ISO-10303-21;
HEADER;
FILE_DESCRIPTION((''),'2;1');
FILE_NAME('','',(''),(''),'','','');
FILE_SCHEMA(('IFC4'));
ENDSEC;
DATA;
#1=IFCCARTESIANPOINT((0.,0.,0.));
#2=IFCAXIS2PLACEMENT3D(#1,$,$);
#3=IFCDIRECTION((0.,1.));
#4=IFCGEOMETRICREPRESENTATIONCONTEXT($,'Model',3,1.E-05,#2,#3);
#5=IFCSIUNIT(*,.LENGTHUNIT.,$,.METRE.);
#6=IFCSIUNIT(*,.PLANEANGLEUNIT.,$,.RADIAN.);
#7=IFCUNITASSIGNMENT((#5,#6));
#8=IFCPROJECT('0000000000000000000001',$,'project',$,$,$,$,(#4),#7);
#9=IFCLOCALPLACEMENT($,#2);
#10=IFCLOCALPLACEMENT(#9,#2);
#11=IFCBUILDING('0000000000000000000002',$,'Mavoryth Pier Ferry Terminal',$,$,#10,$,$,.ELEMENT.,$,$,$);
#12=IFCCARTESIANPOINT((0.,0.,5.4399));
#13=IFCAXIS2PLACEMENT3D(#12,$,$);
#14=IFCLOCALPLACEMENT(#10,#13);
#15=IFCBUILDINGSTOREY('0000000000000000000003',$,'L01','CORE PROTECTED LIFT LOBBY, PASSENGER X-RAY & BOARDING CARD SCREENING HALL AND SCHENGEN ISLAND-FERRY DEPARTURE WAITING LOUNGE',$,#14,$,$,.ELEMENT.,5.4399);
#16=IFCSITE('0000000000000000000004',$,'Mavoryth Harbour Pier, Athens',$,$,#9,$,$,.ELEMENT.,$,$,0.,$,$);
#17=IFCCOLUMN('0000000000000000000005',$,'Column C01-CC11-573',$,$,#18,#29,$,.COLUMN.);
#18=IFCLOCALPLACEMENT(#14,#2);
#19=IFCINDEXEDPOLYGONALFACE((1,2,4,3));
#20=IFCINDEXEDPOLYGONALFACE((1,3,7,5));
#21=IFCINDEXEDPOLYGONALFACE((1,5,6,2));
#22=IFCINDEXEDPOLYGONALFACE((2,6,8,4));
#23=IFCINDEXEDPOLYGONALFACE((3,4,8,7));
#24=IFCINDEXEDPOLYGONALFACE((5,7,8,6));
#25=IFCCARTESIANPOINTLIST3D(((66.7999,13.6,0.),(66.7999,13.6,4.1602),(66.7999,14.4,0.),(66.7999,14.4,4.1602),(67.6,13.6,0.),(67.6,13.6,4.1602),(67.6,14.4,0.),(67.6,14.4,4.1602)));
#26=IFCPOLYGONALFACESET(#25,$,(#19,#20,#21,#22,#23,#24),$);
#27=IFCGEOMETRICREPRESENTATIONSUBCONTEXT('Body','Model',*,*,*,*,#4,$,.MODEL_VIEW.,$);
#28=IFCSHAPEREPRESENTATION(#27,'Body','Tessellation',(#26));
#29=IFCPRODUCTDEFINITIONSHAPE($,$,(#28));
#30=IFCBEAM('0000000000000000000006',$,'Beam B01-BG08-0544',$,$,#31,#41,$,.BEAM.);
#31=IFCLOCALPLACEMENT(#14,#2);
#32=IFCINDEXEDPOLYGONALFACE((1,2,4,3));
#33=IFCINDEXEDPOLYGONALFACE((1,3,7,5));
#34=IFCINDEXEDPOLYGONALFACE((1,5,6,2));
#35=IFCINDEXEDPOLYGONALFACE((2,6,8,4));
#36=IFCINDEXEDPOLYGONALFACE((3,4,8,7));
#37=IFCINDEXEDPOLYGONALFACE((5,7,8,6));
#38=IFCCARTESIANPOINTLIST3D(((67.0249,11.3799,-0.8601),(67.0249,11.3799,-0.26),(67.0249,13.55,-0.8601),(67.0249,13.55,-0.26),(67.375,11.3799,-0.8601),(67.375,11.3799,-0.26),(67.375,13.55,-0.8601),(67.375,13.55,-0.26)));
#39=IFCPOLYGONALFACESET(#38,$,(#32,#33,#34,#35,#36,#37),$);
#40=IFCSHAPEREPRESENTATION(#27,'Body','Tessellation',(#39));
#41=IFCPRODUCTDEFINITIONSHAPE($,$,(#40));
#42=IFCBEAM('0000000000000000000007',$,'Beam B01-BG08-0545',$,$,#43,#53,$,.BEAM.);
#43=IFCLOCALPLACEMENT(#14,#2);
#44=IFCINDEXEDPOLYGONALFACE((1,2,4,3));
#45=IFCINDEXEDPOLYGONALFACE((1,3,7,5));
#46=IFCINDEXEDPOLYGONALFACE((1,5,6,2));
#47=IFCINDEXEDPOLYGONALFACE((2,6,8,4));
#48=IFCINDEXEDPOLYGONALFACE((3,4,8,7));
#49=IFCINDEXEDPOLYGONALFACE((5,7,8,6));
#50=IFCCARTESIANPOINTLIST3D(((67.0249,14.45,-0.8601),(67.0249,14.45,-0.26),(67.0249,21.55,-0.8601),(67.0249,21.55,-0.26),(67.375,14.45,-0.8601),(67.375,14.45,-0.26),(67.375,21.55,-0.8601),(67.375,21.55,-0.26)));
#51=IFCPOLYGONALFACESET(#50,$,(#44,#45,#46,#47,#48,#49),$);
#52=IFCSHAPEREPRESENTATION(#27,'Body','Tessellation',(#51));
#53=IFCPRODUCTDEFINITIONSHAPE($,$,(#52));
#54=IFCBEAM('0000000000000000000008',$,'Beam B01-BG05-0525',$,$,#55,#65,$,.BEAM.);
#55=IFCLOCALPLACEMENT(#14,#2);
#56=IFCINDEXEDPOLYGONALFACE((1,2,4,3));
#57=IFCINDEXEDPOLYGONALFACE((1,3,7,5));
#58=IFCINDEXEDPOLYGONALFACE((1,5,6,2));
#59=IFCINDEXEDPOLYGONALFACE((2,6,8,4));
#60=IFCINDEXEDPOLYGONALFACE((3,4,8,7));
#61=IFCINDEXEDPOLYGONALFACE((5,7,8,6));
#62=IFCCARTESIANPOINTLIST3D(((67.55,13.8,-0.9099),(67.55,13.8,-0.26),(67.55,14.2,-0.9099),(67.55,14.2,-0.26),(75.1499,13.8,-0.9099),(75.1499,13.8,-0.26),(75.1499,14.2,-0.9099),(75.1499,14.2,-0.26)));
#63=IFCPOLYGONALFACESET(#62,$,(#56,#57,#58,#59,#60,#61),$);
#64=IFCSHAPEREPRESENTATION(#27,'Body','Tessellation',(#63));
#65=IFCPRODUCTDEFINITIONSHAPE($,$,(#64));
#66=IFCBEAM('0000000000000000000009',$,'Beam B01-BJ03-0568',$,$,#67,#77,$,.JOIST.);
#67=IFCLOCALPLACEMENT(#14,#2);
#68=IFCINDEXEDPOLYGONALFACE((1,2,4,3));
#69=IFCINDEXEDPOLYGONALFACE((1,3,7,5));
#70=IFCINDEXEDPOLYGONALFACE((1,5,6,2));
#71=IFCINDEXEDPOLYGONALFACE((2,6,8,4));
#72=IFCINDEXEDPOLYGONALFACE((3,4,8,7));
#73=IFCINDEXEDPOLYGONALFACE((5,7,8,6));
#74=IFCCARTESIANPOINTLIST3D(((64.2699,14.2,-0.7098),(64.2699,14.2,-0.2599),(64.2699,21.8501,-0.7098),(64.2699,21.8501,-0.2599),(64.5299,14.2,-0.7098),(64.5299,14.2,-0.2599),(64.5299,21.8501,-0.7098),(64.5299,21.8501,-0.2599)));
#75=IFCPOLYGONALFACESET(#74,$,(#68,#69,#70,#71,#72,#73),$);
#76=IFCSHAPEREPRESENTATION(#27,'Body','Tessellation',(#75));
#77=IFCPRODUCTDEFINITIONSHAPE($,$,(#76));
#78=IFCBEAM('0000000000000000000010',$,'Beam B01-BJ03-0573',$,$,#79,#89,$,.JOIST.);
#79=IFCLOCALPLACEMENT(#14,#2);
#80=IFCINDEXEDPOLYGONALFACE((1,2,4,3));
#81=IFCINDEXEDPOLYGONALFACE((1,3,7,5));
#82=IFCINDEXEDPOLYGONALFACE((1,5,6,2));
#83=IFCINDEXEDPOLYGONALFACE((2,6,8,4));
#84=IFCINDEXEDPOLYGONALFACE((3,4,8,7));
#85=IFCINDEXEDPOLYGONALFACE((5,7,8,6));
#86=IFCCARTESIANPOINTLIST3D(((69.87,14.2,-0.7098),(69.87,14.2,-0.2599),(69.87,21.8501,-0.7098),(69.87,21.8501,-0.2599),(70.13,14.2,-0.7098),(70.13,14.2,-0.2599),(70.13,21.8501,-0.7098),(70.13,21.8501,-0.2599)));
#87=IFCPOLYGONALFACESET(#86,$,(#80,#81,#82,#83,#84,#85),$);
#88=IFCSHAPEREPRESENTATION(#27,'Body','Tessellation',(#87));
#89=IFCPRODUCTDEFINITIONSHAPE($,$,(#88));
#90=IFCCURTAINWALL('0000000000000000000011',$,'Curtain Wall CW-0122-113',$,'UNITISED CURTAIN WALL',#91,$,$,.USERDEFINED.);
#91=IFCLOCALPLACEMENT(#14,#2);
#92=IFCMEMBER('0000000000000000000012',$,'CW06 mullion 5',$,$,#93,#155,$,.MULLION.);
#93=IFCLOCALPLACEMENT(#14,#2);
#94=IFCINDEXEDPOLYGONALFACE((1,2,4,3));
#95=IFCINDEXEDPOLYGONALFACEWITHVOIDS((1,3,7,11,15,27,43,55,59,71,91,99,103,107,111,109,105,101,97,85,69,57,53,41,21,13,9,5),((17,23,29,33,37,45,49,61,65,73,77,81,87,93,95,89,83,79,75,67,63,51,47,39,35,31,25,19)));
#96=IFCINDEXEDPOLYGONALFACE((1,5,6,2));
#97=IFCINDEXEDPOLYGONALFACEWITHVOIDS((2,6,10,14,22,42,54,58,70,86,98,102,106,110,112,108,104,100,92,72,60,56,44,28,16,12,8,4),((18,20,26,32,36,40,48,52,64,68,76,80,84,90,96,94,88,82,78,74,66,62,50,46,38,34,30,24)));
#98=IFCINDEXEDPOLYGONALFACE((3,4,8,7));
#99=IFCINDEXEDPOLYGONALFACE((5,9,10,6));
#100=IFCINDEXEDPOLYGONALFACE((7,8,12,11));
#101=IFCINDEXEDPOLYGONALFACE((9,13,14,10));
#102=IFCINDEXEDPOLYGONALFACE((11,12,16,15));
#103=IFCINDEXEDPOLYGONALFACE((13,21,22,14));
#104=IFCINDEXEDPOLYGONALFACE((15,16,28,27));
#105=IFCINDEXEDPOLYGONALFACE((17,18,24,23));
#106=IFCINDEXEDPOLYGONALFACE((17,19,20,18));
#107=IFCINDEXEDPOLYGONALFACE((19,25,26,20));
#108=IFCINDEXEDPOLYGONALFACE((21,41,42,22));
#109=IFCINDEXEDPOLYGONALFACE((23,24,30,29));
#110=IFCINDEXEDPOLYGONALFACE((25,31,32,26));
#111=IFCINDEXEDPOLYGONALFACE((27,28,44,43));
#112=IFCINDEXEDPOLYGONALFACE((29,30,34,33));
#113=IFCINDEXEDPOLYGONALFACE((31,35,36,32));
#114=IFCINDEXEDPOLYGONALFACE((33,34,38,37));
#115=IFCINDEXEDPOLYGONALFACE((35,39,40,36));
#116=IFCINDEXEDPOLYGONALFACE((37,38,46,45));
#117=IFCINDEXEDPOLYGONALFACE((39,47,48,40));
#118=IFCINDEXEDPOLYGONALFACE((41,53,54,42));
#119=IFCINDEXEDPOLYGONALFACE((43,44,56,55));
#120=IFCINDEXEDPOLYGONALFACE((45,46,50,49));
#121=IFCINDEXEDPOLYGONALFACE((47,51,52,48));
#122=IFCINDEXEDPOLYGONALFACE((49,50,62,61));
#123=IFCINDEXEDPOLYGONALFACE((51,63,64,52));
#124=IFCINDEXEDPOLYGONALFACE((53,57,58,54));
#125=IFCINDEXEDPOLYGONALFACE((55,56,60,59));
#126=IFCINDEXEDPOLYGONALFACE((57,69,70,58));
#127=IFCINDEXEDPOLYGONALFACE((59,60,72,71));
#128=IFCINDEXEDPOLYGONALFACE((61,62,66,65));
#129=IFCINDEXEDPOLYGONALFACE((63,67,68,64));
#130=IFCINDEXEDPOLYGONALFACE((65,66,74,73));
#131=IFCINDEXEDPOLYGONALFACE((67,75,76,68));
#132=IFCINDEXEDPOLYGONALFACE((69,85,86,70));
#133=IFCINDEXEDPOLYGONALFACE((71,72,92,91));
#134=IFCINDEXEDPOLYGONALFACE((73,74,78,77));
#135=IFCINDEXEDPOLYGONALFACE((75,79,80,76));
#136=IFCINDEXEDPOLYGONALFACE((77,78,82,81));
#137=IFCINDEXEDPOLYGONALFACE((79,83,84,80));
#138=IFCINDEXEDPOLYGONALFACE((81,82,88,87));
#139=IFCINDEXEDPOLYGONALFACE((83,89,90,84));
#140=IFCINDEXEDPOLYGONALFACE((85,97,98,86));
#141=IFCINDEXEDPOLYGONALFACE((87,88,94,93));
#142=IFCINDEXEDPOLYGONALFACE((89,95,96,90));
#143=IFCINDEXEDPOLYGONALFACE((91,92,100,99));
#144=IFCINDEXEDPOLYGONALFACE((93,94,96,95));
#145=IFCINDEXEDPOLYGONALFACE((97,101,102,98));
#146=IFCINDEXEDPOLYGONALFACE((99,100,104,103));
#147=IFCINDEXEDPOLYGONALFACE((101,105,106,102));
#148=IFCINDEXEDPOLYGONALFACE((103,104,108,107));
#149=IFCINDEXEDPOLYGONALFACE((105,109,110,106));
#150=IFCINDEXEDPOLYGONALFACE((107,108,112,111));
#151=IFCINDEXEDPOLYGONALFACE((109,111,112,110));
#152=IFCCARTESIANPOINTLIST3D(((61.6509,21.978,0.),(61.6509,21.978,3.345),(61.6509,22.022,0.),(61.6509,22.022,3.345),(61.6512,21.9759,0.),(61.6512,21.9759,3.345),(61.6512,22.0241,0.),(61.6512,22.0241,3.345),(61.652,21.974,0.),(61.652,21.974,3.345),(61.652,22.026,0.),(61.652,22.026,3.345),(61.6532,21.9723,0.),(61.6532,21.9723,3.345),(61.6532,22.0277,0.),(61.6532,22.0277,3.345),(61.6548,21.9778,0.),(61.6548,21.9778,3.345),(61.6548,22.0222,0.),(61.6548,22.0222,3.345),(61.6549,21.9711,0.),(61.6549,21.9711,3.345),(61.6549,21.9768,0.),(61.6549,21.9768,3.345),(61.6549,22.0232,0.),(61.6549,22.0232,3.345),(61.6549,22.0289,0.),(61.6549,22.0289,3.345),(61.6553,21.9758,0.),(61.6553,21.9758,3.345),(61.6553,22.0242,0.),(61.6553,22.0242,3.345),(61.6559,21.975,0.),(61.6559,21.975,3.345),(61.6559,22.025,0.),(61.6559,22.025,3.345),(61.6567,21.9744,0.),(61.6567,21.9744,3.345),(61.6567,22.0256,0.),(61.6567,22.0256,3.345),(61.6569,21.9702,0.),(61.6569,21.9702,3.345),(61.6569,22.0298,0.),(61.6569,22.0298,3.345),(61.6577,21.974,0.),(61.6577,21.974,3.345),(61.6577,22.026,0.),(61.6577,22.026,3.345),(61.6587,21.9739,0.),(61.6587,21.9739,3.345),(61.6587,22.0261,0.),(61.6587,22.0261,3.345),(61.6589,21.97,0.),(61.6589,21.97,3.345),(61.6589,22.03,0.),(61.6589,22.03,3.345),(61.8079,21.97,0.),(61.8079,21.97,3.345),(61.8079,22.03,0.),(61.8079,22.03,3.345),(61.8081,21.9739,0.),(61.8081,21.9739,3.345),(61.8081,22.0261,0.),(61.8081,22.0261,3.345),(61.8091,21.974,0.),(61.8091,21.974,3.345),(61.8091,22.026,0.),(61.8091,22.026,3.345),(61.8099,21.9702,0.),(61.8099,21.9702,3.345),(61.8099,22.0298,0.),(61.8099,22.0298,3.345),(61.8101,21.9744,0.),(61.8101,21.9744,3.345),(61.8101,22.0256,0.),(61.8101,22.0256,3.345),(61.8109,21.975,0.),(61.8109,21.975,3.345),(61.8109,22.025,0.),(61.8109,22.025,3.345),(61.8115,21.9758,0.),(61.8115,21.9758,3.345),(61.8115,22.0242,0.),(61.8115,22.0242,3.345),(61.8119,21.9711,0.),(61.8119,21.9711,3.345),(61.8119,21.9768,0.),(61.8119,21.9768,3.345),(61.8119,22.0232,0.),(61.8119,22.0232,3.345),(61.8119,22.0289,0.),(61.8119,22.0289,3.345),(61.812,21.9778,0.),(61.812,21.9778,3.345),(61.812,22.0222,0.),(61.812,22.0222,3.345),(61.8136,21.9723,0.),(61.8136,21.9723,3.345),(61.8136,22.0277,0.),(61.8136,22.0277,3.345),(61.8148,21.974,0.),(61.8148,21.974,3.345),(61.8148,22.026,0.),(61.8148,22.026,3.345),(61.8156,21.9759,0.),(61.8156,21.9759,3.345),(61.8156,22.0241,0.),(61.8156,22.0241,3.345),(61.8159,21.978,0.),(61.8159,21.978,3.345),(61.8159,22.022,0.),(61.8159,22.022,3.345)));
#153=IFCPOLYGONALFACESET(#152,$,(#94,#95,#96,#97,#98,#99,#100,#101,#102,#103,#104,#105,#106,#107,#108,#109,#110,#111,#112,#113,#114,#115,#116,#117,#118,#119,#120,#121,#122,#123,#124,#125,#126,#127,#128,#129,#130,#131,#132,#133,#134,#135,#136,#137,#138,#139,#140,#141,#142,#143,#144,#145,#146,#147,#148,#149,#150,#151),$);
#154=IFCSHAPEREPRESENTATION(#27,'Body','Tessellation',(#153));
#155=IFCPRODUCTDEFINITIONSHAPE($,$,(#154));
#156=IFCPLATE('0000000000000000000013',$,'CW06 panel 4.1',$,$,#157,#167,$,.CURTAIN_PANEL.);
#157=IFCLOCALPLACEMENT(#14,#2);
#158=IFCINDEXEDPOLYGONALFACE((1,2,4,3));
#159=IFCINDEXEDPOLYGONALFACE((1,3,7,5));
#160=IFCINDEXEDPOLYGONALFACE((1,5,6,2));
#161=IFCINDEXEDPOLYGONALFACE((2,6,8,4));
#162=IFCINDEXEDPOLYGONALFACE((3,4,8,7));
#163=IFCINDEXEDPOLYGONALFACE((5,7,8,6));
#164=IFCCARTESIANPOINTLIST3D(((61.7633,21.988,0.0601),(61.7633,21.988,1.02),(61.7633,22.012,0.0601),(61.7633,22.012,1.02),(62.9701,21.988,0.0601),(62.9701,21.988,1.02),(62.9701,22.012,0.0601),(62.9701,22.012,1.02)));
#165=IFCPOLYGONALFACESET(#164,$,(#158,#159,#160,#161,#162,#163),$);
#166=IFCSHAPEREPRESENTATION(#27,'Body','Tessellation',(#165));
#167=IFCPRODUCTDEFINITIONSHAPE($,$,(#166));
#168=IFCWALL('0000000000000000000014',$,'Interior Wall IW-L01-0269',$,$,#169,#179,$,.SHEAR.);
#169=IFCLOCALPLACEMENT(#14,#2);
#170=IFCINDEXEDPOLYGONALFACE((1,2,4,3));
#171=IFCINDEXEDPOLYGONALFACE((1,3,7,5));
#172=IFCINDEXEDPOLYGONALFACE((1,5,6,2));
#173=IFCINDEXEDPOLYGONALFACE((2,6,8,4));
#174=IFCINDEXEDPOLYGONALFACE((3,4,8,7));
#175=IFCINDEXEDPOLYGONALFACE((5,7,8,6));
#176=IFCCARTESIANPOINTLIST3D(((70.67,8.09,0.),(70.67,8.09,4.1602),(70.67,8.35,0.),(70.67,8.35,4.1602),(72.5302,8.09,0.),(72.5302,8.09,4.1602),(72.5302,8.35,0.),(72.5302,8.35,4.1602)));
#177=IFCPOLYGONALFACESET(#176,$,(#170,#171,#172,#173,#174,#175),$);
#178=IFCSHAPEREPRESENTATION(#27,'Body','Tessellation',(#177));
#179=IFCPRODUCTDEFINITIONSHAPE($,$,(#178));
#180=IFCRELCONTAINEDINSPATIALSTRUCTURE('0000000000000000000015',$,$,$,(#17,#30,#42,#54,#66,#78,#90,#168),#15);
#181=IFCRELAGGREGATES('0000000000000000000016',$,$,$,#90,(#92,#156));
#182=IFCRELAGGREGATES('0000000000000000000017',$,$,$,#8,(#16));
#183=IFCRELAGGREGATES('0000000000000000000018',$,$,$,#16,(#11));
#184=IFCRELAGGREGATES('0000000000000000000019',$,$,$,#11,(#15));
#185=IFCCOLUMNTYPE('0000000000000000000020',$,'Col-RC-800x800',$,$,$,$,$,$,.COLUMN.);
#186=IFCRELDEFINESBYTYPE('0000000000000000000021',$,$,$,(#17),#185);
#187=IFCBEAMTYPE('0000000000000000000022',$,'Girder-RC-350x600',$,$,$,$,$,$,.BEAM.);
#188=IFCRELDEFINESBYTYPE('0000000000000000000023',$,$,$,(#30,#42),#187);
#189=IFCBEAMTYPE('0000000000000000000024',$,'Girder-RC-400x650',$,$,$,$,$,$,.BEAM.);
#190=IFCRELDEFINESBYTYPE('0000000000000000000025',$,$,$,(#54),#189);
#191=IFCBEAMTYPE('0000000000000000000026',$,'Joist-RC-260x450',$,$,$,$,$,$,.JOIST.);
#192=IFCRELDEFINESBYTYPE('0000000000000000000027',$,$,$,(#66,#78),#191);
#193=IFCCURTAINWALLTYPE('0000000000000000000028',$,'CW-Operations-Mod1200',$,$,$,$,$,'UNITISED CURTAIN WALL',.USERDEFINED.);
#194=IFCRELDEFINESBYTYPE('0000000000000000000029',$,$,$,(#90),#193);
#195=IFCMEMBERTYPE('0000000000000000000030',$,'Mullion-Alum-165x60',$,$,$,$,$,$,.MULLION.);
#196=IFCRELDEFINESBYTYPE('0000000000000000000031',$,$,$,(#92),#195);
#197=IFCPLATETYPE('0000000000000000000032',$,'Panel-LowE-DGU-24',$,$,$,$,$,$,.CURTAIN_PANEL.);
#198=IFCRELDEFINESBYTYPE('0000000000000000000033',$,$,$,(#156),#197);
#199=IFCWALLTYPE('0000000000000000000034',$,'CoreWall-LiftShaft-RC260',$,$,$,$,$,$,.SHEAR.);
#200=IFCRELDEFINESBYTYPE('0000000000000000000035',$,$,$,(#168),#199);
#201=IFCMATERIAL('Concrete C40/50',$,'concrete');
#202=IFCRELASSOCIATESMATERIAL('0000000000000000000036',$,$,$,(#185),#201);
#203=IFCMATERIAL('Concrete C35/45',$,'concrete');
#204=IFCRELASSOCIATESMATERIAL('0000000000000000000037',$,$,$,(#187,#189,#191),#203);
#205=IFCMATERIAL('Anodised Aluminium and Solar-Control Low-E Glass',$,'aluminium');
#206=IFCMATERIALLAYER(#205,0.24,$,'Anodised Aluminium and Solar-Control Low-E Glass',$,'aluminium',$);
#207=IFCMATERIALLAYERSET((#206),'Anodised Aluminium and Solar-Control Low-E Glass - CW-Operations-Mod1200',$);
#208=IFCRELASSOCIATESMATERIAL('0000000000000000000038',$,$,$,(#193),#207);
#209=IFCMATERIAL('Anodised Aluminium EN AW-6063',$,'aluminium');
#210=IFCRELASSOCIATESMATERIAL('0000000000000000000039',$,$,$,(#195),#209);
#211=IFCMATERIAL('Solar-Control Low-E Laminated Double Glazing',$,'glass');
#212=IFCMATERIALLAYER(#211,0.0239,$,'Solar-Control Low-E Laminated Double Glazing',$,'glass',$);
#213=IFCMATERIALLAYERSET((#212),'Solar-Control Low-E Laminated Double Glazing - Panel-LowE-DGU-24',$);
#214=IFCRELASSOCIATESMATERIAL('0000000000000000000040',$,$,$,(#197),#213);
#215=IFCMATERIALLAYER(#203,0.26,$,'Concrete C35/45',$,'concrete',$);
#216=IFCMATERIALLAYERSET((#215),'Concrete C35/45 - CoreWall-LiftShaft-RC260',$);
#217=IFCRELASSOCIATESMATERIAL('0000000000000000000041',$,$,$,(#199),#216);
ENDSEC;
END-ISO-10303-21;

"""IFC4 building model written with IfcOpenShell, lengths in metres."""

from ifc_helpers import new_model, si_unit, direction, frame, frame_2d, origin, origin_2d, place, context, subcontext, project, spatial, rectangle, hollow_rectangle, extrude, material, layer, layer_set, material_profile, profile_set, type_object, element, aggregate, save


model = new_model("IFC4")

# Units and contexts
model_context = context("Model", 3, precision=1e-05, world=origin(), true_north=direction((0.0, 1.0)))
body_context = subcontext(model_context, "Body", "Model", "MODEL_VIEW")
ifc_project = project(units=[si_unit("LENGTHUNIT", "METRE"), si_unit("PLANEANGLEUNIT", "RADIAN")], contexts=[model_context])

# Site, building, storey
site_placement = place(None, origin())
site = spatial("IfcSite", under=ifc_project, at=site_placement, Name="Mavoryth Harbour Pier, Athens", CompositionType="ELEMENT", RefElevation=0.0)
building_placement = place(site_placement, origin())
building = spatial("IfcBuilding", under=site, at=building_placement, Name="Mavoryth Pier Ferry Terminal", CompositionType="ELEMENT")
storey_placement = place(building_placement, frame((0.0, 0.0, 5.4399)))
storey = spatial("IfcBuildingStorey", under=building, at=storey_placement, Name="L01", Description="CORE PROTECTED LIFT LOBBY, PASSENGER X-RAY & BOARDING CARD SCREENING HALL AND SCHENGEN ISLAND-FERRY DEPARTURE WAITING LOUNGE", CompositionType="ELEMENT", Elevation=5.4399)

# Column
ifc_material_1 = material(Name="Concrete C40/50", Category="concrete")
ifc_material_profile_1 = material_profile(ifc_material_1, rectangle(XDim=0.8, YDim=0.8, at=origin_2d()), Name="RC 800x800", Category="concrete")
ifc_profile_set_1 = profile_set([ifc_material_profile_1], Name="Concrete C40/50 - RC 800x800")
column_type = type_object("IfcColumnType", Name="Col-RC-800x800", PredefinedType="COLUMN", material=ifc_profile_set_1)
column_placement = place(storey_placement, frame((67.2, 14.0, 0.0), z_axis=(0.0, 0.0, 1.0), x_axis=(1.0, 0.0, 0.0)))
element("IfcColumn", 1, at=column_placement, inside=storey, type_object=column_type, Name="Column C01-CC11-573", PredefinedType="COLUMN", context=body_context, shape_type="SweptSolid", body=[
    extrude(rectangle(XDim=0.8, YDim=0.8, at=origin_2d()), origin(), (0.0, 0.0, 1.0), 4.1602),
])

# Beams
ifc_material_2 = material(Name="Concrete C35/45", Category="concrete")
ifc_material_profile_2 = material_profile(ifc_material_2, rectangle(XDim=0.3501, YDim=0.6001, at=origin_2d()), Name="RC 350x600", Category="concrete")
ifc_profile_set_2 = profile_set([ifc_material_profile_2], Name="Concrete C35/45 - RC 350x600")
beam_type_1 = type_object("IfcBeamType", Name="Girder-RC-350x600", PredefinedType="BEAM", material=ifc_profile_set_2)
beam_1_placement = place(storey_placement, frame((67.2, 11.3799, -0.5601), z_axis=(0.0, 1.0, 0.0), x_axis=(-1.0, 0.0, 0.0)))
element("IfcBeam", 2, at=beam_1_placement, inside=storey, type_object=beam_type_1, Name="Beam B01-BG08-0544", PredefinedType="BEAM", context=body_context, shape_type="SweptSolid", body=[
    extrude(rectangle(XDim=0.3501, YDim=0.6001, at=origin_2d()), origin(), (0.0, 0.0, 1.0), 2.1702),
])
beam_2_placement = place(storey_placement, frame((67.2, 14.45, -0.5601), z_axis=(0.0, 1.0, 0.0), x_axis=(-1.0, 0.0, 0.0)))
element("IfcBeam", 3, at=beam_2_placement, inside=storey, type_object=beam_type_1, Name="Beam B01-BG08-0545", PredefinedType="BEAM", context=body_context, shape_type="SweptSolid", body=[
    extrude(rectangle(XDim=0.3501, YDim=0.6001, at=origin_2d()), origin(), (0.0, 0.0, 1.0), 7.1001),
])
ifc_material_profile_3 = material_profile(ifc_material_2, rectangle(XDim=0.3999, YDim=0.6499, at=origin_2d()), Name="RC 400x650", Category="concrete")
ifc_profile_set_3 = profile_set([ifc_material_profile_3], Name="Concrete C35/45 - RC 400x650")
beam_type_2 = type_object("IfcBeamType", Name="Girder-RC-400x650", PredefinedType="BEAM", material=ifc_profile_set_3)
beam_3_placement = place(storey_placement, frame((67.55, 14.0, -0.585), z_axis=(1.0, 0.0, 0.0), x_axis=(0.0, 1.0, 0.0)))
element("IfcBeam", 4, at=beam_3_placement, inside=storey, type_object=beam_type_2, Name="Beam B01-BG05-0525", PredefinedType="BEAM", context=body_context, shape_type="SweptSolid", body=[
    extrude(rectangle(XDim=0.3999, YDim=0.6499, at=origin_2d()), origin(), (0.0, 0.0, 1.0), 7.5999),
])
ifc_material_profile_4 = material_profile(ifc_material_2, rectangle(XDim=0.26, YDim=0.45, at=origin_2d()), Name="RC 260x450", Category="concrete")
ifc_profile_set_4 = profile_set([ifc_material_profile_4], Name="Concrete C35/45 - RC 260x450")
beam_type_3 = type_object("IfcBeamType", Name="Joist-RC-260x450", PredefinedType="JOIST", material=ifc_profile_set_4)
for number, where, z_axis, x_axis, name in (
    (5, (64.3999, 14.2, -0.4849), (0.0, 1.0, 0.0), (-1.0, 0.0, 0.0), "Beam B01-BJ03-0568"),
    (6, (70.0, 14.2, -0.4849), (0.0, 1.0, 0.0), (-1.0, 0.0, 0.0), "Beam B01-BJ03-0573"),
):
    element("IfcBeam", number, at=place(storey_placement, frame(where, z_axis=z_axis, x_axis=x_axis)), inside=storey, type_object=beam_type_3, Name=name, PredefinedType="JOIST", context=body_context, shape_type="SweptSolid", body=[
        extrude(rectangle(XDim=0.26, YDim=0.45, at=origin_2d()), origin(), (0.0, 0.0, 1.0), 7.6501),
    ])

# Curtain wall, member, plate
ifc_material_3 = material(Name="Anodised Aluminium and Solar-Control Low-E Glass", Category="aluminium")
ifc_layer_1 = layer(ifc_material_3, 0.24, Name="Anodised Aluminium and Solar-Control Low-E Glass", Category="aluminium")
ifc_layer_set_1 = layer_set([ifc_layer_1], Name="Anodised Aluminium and Solar-Control Low-E Glass - CW-Operations-Mod1200")
curtain_wall_type = type_object("IfcCurtainWallType", Name="CW-Operations-Mod1200", ElementType="UNITISED CURTAIN WALL", PredefinedType="USERDEFINED", material=ifc_layer_set_1)
curtain_wall_placement = place(storey_placement, origin())
curtain_wall = element("IfcCurtainWall", 7, at=curtain_wall_placement, inside=storey, type_object=curtain_wall_type, Name="Curtain Wall CW-0122-113", ObjectType="UNITISED CURTAIN WALL", PredefinedType="USERDEFINED")
ifc_material_4 = material(Name="Anodised Aluminium EN AW-6063", Category="aluminium")
ifc_material_profile_5 = material_profile(ifc_material_4, hollow_rectangle(XDim=0.0601, YDim=0.165, WallThickness=0.0039, InnerFilletRadius=0.0039, OuterFilletRadius=0.0081, at=origin_2d()), Name="AL-MULL 165x60x4", Category="aluminium")
ifc_profile_set_5 = profile_set([ifc_material_profile_5], Name="Anodised Aluminium EN AW-6063 - AL-MULL 165x60x4")
member_type = type_object("IfcMemberType", Name="Mullion-Alum-165x60", PredefinedType="MULLION", material=ifc_profile_set_5)
member_placement = place(storey_placement, frame((61.7334, 22.0, 0.0), z_axis=(0.0, 0.0, 1.0), x_axis=(0.0, -1.0, 0.0)))
member = element("IfcMember", 8, at=member_placement, type_object=member_type, Name="CW06 mullion 5", PredefinedType="MULLION", context=body_context, shape_type="SweptSolid", body=[
    extrude(hollow_rectangle(XDim=0.0601, YDim=0.165, WallThickness=0.0039, InnerFilletRadius=0.0039, OuterFilletRadius=0.0081, at=origin_2d()), origin(), (0.0, 0.0, 1.0), 3.345),
])
ifc_material_5 = material(Name="Solar-Control Low-E Laminated Double Glazing", Category="glass")
ifc_layer_2 = layer(ifc_material_5, 0.0239, Name="Solar-Control Low-E Laminated Double Glazing", Category="glass")
ifc_layer_set_2 = layer_set([ifc_layer_2], Name="Solar-Control Low-E Laminated Double Glazing - Panel-LowE-DGU-24")
plate_type = type_object("IfcPlateType", Name="Panel-LowE-DGU-24", PredefinedType="CURTAIN_PANEL", material=ifc_layer_set_2)
plate_placement = place(storey_placement, frame((62.3667, 22.0, 0.0601), z_axis=(0.0, 0.0, 1.0), x_axis=(-1.0, 0.0, 0.0)))
plate = element("IfcPlate", 9, at=plate_placement, type_object=plate_type, Name="CW06 panel 4.1", PredefinedType="CURTAIN_PANEL", context=body_context, shape_type="SweptSolid", body=[
    extrude(rectangle(XDim=1.2068, YDim=0.0239, at=origin_2d()), origin(), (0.0, 0.0, 1.0), 0.96),
])
aggregate(curtain_wall, [member, plate])

# Wall
ifc_layer_3 = layer(ifc_material_2, 0.26, Name="Concrete C35/45", Category="concrete")
ifc_layer_set_3 = layer_set([ifc_layer_3], Name="Concrete C35/45 - CoreWall-LiftShaft-RC260")
wall_type_1 = type_object("IfcWallType", Name="CoreWall-LiftShaft-RC260", PredefinedType="SHEAR", material=ifc_layer_set_3)
wall_1_placement = place(storey_placement, frame((70.6699, 8.22, 0.0), z_axis=(0.0, 0.0, 1.0), x_axis=(1.0, 0.0, 0.0)))
element("IfcWall", 10, at=wall_1_placement, inside=storey, type_object=wall_type_1, Name="Interior Wall IW-L01-0269", PredefinedType="SHEAR", context=body_context, shape_type="SweptSolid", body=[
    extrude(rectangle(XDim=1.8601, YDim=0.26, at=frame_2d((0.9302, 0.0))), origin(), (0.0, 0.0, 1.0), 4.1602),
])

save(model, "model.ifc")
